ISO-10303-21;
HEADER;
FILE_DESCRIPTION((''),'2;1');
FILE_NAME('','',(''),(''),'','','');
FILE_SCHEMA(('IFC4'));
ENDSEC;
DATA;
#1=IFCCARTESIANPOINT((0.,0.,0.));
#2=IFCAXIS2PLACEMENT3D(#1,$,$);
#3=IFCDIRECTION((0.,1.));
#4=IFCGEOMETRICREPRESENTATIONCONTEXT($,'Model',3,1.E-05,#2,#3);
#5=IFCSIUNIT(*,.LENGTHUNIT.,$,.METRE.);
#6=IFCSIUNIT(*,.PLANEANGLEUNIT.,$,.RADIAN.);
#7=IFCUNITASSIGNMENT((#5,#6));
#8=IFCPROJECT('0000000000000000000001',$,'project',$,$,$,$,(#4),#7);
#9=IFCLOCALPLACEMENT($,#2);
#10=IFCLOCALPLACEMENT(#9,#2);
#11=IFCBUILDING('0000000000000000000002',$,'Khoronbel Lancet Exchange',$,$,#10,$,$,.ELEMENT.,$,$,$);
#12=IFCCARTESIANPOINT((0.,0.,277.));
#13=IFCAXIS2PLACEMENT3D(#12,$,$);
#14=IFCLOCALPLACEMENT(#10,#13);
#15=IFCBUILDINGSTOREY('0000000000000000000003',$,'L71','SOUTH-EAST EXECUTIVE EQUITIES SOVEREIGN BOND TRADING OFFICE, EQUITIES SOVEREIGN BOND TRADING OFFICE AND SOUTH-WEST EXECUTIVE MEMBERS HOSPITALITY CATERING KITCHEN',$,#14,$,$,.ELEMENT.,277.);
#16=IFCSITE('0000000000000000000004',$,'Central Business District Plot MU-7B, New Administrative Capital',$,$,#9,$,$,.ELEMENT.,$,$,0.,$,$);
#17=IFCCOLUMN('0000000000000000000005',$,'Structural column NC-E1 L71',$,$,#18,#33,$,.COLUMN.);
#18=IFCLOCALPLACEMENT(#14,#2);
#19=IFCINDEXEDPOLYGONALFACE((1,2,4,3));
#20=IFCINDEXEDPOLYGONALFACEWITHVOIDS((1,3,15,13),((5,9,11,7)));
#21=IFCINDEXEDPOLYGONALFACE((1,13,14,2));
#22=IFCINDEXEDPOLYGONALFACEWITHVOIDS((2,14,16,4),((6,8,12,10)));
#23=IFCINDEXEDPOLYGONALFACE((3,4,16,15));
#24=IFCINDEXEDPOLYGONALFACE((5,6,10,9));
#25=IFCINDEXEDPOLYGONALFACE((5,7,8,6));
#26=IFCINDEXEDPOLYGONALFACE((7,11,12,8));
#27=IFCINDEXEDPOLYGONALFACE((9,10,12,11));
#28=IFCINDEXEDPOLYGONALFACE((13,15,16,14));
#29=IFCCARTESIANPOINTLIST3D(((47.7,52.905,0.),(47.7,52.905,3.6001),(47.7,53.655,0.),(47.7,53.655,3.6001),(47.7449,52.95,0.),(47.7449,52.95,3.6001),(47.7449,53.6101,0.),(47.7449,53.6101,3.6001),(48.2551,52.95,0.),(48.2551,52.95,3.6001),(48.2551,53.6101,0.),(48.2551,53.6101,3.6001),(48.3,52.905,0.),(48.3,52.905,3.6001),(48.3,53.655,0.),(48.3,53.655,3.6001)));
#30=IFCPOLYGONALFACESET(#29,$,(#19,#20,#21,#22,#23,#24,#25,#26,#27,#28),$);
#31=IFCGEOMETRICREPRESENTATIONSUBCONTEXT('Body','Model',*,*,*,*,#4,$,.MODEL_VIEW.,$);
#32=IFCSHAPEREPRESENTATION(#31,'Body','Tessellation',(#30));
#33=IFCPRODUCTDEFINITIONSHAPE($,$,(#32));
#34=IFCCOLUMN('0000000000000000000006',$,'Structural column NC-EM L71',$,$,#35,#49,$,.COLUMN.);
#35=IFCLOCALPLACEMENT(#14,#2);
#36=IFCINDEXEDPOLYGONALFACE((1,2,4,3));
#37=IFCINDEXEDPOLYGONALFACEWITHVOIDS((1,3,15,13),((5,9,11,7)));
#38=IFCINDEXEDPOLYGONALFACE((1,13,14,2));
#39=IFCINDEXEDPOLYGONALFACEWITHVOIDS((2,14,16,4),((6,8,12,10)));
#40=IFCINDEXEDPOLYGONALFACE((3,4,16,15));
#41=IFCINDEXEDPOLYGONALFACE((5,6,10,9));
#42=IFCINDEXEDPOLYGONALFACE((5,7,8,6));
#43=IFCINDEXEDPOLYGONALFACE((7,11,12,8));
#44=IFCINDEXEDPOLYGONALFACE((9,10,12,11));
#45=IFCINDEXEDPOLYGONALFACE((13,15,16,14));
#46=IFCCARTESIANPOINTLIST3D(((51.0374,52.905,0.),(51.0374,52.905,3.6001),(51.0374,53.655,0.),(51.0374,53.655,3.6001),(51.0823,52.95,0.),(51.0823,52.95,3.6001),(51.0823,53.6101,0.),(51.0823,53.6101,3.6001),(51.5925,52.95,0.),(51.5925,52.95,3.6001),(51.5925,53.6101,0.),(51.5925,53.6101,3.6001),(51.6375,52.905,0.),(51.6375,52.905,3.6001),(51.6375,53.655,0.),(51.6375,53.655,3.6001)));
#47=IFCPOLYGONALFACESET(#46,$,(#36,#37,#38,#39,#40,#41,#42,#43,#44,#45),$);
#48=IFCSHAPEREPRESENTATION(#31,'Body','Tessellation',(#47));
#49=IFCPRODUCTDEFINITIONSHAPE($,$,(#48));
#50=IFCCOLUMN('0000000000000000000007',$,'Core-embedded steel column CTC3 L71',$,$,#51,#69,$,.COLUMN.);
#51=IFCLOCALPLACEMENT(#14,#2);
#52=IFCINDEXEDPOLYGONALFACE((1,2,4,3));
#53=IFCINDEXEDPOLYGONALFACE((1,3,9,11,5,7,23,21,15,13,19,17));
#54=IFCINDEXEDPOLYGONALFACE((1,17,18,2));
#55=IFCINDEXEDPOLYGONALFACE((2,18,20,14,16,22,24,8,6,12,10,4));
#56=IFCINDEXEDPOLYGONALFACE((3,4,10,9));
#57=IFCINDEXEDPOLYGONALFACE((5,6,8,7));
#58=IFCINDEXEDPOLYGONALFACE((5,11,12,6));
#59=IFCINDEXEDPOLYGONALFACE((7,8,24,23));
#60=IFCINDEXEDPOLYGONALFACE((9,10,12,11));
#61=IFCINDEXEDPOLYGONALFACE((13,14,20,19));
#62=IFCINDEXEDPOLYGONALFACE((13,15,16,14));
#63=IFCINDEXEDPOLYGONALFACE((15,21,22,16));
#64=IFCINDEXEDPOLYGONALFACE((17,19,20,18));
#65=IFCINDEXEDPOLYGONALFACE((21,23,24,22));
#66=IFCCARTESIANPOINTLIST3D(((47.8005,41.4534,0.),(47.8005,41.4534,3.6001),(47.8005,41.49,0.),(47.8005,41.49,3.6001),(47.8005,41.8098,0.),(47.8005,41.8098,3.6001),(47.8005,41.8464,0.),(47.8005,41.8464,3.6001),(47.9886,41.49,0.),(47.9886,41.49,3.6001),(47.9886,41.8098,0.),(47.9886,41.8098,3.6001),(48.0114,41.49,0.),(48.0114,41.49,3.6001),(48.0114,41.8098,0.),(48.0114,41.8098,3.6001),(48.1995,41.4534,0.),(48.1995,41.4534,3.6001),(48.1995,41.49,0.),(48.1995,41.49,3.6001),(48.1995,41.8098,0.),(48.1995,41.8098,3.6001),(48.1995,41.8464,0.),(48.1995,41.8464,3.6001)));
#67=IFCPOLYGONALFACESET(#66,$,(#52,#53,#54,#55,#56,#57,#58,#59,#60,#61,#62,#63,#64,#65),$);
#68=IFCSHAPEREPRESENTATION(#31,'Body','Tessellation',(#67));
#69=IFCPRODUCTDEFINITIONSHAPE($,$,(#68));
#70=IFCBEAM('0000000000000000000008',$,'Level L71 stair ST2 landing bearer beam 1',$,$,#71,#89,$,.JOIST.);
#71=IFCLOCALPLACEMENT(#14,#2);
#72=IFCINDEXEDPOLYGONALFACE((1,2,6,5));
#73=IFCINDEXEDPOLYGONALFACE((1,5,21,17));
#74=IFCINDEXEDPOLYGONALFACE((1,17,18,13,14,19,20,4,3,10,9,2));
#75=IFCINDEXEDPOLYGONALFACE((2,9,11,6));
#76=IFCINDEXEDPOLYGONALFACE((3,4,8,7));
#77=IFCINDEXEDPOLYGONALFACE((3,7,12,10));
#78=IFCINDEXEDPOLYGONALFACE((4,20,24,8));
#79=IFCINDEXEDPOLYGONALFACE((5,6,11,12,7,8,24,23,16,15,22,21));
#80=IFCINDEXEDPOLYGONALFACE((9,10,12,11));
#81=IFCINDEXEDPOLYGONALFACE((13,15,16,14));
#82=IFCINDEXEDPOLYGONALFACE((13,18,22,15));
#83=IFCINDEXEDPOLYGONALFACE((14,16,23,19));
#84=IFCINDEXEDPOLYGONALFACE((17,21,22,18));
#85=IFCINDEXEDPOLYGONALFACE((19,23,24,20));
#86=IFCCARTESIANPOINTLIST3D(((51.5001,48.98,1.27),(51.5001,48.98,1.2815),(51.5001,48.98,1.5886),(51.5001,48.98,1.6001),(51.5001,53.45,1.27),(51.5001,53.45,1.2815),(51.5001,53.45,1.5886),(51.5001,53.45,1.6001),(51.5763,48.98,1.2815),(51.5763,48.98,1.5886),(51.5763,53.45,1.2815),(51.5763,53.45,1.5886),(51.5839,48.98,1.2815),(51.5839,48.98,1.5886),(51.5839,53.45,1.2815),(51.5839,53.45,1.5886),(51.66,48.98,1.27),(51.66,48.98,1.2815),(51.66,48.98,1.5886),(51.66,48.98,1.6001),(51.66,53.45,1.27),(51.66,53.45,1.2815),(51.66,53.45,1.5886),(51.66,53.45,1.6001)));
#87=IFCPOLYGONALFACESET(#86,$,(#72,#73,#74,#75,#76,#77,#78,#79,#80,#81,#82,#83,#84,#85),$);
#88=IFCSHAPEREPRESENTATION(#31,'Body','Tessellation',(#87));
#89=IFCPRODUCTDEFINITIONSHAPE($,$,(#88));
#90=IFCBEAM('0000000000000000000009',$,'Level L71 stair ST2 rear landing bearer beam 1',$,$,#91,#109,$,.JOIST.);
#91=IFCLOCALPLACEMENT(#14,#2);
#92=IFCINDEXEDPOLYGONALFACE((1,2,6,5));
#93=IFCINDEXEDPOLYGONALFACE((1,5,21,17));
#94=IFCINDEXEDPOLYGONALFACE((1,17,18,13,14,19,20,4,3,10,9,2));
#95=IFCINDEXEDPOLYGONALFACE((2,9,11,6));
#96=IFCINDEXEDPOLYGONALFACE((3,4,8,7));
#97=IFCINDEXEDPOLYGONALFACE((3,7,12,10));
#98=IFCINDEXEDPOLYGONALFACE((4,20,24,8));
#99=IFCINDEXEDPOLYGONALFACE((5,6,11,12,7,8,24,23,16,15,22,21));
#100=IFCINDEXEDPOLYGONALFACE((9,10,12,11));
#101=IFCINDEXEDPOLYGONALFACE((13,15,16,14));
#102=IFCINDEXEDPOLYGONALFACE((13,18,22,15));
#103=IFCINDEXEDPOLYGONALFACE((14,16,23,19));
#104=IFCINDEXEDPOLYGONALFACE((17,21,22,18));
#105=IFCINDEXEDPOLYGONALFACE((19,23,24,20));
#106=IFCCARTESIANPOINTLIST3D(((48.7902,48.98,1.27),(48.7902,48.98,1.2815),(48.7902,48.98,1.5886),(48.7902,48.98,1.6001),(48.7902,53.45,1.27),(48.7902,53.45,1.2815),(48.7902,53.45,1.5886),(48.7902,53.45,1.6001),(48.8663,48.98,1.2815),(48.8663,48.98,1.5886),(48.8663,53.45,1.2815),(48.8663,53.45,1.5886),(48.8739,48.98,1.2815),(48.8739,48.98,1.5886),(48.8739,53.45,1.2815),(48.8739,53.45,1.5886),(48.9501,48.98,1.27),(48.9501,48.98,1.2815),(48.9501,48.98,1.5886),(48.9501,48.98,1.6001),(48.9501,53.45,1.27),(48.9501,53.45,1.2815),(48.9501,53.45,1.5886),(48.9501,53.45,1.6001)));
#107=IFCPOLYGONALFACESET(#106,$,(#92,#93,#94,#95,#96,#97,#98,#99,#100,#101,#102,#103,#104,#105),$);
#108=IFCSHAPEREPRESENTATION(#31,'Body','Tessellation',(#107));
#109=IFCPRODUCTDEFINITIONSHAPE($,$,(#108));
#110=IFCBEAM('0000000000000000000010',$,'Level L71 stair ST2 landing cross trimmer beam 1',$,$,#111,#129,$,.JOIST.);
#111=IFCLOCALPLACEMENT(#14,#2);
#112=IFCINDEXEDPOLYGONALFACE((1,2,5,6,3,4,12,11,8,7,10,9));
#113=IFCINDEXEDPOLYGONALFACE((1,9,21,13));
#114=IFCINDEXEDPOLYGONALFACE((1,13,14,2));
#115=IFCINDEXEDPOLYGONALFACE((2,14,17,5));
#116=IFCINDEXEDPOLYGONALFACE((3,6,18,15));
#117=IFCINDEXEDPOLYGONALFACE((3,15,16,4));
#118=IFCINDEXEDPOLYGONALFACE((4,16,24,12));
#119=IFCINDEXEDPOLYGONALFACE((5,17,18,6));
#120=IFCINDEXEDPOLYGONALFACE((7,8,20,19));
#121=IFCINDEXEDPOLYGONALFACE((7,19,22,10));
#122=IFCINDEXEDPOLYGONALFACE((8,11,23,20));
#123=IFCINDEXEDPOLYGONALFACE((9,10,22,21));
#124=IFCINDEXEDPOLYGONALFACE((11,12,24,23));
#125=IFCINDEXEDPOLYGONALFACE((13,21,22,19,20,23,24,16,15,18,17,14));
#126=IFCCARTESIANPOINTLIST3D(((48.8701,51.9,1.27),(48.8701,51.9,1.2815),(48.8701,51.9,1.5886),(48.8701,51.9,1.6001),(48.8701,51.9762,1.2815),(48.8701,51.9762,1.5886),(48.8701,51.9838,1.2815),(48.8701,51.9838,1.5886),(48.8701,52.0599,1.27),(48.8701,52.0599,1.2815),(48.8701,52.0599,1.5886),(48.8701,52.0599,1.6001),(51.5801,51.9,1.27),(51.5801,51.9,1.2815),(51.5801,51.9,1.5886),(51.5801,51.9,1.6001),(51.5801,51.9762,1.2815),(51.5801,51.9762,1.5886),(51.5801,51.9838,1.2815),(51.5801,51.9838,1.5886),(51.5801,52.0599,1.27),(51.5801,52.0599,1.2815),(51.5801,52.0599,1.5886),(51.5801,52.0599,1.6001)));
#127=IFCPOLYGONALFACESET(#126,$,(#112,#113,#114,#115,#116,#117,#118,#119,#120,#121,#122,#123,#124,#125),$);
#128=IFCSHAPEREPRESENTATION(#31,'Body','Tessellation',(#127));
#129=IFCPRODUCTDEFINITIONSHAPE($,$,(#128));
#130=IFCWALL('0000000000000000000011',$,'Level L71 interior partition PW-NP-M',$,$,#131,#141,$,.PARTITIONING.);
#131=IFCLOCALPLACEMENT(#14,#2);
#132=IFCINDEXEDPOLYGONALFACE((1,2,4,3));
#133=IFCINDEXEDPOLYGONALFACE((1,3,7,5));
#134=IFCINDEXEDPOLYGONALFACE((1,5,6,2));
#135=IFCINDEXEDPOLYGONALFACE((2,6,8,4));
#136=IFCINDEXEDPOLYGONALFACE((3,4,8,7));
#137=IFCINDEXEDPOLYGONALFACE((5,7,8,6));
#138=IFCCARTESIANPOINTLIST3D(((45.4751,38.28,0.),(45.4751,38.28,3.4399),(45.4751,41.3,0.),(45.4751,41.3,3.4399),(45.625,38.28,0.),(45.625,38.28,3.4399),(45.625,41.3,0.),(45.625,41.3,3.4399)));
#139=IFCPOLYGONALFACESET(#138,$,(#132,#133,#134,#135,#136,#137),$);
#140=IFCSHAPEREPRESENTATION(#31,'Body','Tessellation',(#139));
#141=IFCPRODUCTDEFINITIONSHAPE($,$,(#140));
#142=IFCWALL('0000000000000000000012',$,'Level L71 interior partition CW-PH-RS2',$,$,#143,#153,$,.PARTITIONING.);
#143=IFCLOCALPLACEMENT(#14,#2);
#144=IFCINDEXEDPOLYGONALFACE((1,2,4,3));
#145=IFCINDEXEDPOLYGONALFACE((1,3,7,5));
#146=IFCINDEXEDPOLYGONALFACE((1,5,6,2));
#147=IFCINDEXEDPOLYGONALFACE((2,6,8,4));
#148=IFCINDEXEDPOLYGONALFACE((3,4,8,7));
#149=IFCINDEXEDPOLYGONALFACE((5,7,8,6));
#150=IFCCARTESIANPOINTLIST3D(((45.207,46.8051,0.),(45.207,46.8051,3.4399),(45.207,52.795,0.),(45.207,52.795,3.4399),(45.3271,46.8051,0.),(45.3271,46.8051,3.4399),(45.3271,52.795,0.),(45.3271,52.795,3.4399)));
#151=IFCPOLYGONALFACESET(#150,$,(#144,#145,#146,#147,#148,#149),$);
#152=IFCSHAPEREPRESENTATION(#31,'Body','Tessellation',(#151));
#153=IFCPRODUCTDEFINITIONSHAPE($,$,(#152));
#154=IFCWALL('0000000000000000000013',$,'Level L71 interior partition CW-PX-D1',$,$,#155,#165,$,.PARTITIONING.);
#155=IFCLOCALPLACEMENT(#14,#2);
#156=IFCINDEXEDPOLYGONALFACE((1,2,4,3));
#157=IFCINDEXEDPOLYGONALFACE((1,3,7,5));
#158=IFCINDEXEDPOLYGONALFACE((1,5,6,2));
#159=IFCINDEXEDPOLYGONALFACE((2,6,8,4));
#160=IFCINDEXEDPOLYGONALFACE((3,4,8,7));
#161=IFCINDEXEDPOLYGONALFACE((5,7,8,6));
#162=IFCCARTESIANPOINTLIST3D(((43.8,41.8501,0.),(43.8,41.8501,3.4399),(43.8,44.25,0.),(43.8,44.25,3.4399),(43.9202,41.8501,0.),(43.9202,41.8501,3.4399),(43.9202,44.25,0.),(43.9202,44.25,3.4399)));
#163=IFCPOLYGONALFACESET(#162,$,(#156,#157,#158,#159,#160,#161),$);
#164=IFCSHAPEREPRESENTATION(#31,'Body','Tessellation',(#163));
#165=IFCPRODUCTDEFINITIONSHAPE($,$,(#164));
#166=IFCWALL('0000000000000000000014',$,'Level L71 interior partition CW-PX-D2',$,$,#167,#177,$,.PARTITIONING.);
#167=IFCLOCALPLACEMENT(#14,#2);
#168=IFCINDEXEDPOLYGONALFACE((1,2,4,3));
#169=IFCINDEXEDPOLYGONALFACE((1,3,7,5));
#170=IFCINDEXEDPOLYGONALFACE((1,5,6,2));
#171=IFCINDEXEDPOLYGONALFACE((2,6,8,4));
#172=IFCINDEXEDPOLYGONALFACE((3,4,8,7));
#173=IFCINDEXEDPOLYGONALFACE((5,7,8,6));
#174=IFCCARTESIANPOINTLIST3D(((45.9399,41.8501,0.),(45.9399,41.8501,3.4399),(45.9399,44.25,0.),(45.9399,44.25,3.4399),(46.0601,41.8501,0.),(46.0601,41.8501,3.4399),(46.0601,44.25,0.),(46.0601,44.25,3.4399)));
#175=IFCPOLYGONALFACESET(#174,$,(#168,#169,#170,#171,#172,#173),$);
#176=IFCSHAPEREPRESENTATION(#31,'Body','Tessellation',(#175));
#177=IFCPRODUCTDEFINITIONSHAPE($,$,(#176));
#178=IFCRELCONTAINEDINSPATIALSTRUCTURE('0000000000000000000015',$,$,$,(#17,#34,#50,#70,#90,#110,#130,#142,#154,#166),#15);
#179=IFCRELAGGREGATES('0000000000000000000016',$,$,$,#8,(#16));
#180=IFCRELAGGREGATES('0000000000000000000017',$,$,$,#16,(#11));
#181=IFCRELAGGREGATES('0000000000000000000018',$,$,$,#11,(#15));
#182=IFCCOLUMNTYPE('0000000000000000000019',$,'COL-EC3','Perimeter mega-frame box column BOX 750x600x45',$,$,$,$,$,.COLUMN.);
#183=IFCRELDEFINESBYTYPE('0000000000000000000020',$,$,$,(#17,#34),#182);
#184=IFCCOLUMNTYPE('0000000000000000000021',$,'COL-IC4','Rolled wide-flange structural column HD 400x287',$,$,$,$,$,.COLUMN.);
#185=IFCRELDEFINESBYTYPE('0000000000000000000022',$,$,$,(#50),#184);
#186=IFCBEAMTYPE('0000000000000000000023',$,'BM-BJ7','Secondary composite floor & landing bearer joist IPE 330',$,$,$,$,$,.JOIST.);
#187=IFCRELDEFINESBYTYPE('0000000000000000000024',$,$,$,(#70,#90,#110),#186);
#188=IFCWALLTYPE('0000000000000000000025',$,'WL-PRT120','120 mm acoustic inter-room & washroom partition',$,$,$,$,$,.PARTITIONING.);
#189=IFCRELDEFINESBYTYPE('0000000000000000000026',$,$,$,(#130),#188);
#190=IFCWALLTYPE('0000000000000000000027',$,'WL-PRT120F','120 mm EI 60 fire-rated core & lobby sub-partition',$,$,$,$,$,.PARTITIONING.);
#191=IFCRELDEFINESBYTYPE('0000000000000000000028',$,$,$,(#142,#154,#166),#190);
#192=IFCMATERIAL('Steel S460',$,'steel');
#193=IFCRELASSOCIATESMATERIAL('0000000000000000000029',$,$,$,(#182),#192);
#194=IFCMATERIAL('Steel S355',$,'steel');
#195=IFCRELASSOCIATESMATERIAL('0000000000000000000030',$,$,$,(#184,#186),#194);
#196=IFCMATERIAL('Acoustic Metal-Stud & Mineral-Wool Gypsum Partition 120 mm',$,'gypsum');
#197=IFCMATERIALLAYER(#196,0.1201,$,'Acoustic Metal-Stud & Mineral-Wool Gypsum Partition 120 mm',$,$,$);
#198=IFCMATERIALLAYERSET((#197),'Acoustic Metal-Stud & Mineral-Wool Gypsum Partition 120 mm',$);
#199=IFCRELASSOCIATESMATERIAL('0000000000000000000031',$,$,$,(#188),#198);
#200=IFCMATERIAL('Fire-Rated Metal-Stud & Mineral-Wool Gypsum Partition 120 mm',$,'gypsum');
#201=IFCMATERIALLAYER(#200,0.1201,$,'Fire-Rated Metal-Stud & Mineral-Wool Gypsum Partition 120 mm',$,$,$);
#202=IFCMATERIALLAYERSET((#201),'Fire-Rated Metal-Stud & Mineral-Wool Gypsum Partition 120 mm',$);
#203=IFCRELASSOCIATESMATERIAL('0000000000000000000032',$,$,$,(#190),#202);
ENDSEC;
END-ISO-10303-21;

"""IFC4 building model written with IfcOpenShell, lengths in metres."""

from ifc_helpers import new_model, si_unit, direction, frame, frame_2d, origin, origin_2d, place, context, subcontext, project, spatial, rectangle, hollow_rectangle, i_section, extrude, material, layer, layer_set, material_profile, profile_set, type_object, element, save


model = new_model("IFC4")

# Units and contexts
model_context = context("Model", 3, precision=1e-05, world=origin(), true_north=direction((0.0, 1.0)))
body_context = subcontext(model_context, "Body", "Model", "MODEL_VIEW")
ifc_project = project(units=[si_unit("LENGTHUNIT", "METRE"), si_unit("PLANEANGLEUNIT", "RADIAN")], contexts=[model_context])

# Site, building, storey
site_placement = place(None, origin())
site = spatial("IfcSite", under=ifc_project, at=site_placement, Name="Central Business District Plot MU-7B, New Administrative Capital", CompositionType="ELEMENT", RefElevation=0.0)
building_placement = place(site_placement, origin())
building = spatial("IfcBuilding", under=site, at=building_placement, Name="Khoronbel Lancet Exchange", CompositionType="ELEMENT")
storey_placement = place(building_placement, frame((0.0, 0.0, 277.0)))
storey = spatial("IfcBuildingStorey", under=building, at=storey_placement, Name="L71", Description="SOUTH-EAST EXECUTIVE EQUITIES SOVEREIGN BOND TRADING OFFICE, EQUITIES SOVEREIGN BOND TRADING OFFICE AND SOUTH-WEST EXECUTIVE MEMBERS HOSPITALITY CATERING KITCHEN", CompositionType="ELEMENT", Elevation=277.0)

# Columns
ifc_material_1 = material(Name="Steel S460", Category="steel")
ifc_material_profile_1 = material_profile(ifc_material_1, hollow_rectangle(XDim=0.6001, YDim=0.75, WallThickness=0.0449, at=origin_2d()), Name="BOX 750x600x45")
ifc_profile_set_1 = profile_set([ifc_material_profile_1], Name="Steel S460")
column_type_1 = type_object("IfcColumnType", Name="COL-EC3", Description="Perimeter mega-frame box column BOX 750x600x45", PredefinedType="COLUMN", material=ifc_profile_set_1)
for number, where, z_axis, x_axis, name in (
    (1, (48.0, 53.28, 0.0), (0.0, 0.0, 1.0), (1.0, 0.0, 0.0), "Structural column NC-E1 L71"),
    (2, (51.3374, 53.28, 0.0), (0.0, 0.0, 1.0), (1.0, 0.0, 0.0), "Structural column NC-EM L71"),
):
    element("IfcColumn", number, at=place(storey_placement, frame(where, z_axis=z_axis, x_axis=x_axis)), inside=storey, type_object=column_type_1, Name=name, PredefinedType="COLUMN", context=body_context, shape_type="SweptSolid", body=[
        extrude(hollow_rectangle(XDim=0.6001, YDim=0.75, WallThickness=0.0449, at=origin_2d()), origin(), (0.0, 0.0, 1.0), 3.6001),
    ])
ifc_material_2 = material(Name="Steel S355", Category="steel")
ifc_material_profile_2 = material_profile(ifc_material_2, i_section(OverallWidth=0.3989, OverallDepth=0.3931, WebThickness=0.0227, FlangeThickness=0.0366, at=origin_2d()), Name="HD 400x287")
ifc_profile_set_2 = profile_set([ifc_material_profile_2], Name="Steel S355")
column_type_2 = type_object("IfcColumnType", Name="COL-IC4", Description="Rolled wide-flange structural column HD 400x287", PredefinedType="COLUMN", material=ifc_profile_set_2)
column_placement = place(storey_placement, frame((48.0, 41.6499, 0.0), z_axis=(0.0, 0.0, 1.0), x_axis=(1.0, 0.0, 0.0)))
element("IfcColumn", 3, at=column_placement, inside=storey, type_object=column_type_2, Name="Core-embedded steel column CTC3 L71", PredefinedType="COLUMN", context=body_context, shape_type="SweptSolid", body=[
    extrude(i_section(OverallWidth=0.3989, OverallDepth=0.3931, WebThickness=0.0227, FlangeThickness=0.0366, at=origin_2d()), origin(), (0.0, 0.0, 1.0), 3.6001),
])

# Beams
ifc_material_profile_3 = material_profile(ifc_material_2, i_section(OverallWidth=0.1599, OverallDepth=0.3301, WebThickness=0.0076, FlangeThickness=0.0115, at=origin_2d()), Name="IPE 330")
ifc_profile_set_3 = profile_set([ifc_material_profile_3], Name="Steel S355")
beam_type = type_object("IfcBeamType", Name="BM-BJ7", Description="Secondary composite floor & landing bearer joist IPE 330", PredefinedType="JOIST", material=ifc_profile_set_3)
for number, where, z_axis, x_axis, name in (
    (4, (51.5801, 48.98, 1.4351), (0.0, 1.0, 0.0), (-1.0, 0.0, 0.0), "Level L71 stair ST2 landing bearer beam 1"),
    (5, (48.8701, 48.98, 1.4351), (0.0, 1.0, 0.0), (-1.0, 0.0, 0.0), "Level L71 stair ST2 rear landing bearer beam 1"),
):
    element("IfcBeam", number, at=place(storey_placement, frame(where, z_axis=z_axis, x_axis=x_axis)), inside=storey, type_object=beam_type, Name=name, PredefinedType="JOIST", context=body_context, shape_type="SweptSolid", body=[
        extrude(i_section(OverallWidth=0.1599, OverallDepth=0.3301, WebThickness=0.0076, FlangeThickness=0.0115, at=origin_2d()), origin(), (0.0, 0.0, 1.0), 4.47),
    ])
beam_placement = place(storey_placement, frame((48.8701, 51.98, 1.4351), z_axis=(1.0, 0.0, 0.0), x_axis=(0.0, 1.0, 0.0)))
element("IfcBeam", 6, at=beam_placement, inside=storey, type_object=beam_type, Name="Level L71 stair ST2 landing cross trimmer beam 1", PredefinedType="JOIST", context=body_context, shape_type="SweptSolid", body=[
    extrude(i_section(OverallWidth=0.1599, OverallDepth=0.3301, WebThickness=0.0076, FlangeThickness=0.0115, at=origin_2d()), origin(), (0.0, 0.0, 1.0), 2.71),
])

# Walls
ifc_material_3 = material(Name="Acoustic Metal-Stud & Mineral-Wool Gypsum Partition 120 mm", Category="gypsum")
ifc_layer_1 = layer(ifc_material_3, 0.1201, Name="Acoustic Metal-Stud & Mineral-Wool Gypsum Partition 120 mm")
ifc_layer_set_1 = layer_set([ifc_layer_1], Name="Acoustic Metal-Stud & Mineral-Wool Gypsum Partition 120 mm")
wall_type_1 = type_object("IfcWallType", Name="WL-PRT120", Description="120 mm acoustic inter-room & washroom partition", PredefinedType="PARTITIONING", material=ifc_layer_set_1)
wall_1_placement = place(storey_placement, frame((45.55, 38.28, 0.0), z_axis=(0.0, 0.0, 1.0), x_axis=(0.0, 1.0, 0.0)))
element("IfcWall", 7, at=wall_1_placement, inside=storey, type_object=wall_type_1, Name="Level L71 interior partition PW-NP-M", PredefinedType="PARTITIONING", context=body_context, shape_type="SweptSolid", body=[
    extrude(rectangle(XDim=3.02, YDim=0.1499, at=frame_2d((1.51, 0.0))), origin(), (0.0, 0.0, 1.0), 3.4399),
])
ifc_material_4 = material(Name="Fire-Rated Metal-Stud & Mineral-Wool Gypsum Partition 120 mm", Category="gypsum")
ifc_layer_2 = layer(ifc_material_4, 0.1201, Name="Fire-Rated Metal-Stud & Mineral-Wool Gypsum Partition 120 mm")
ifc_layer_set_2 = layer_set([ifc_layer_2], Name="Fire-Rated Metal-Stud & Mineral-Wool Gypsum Partition 120 mm")
wall_type_2 = type_object("IfcWallType", Name="WL-PRT120F", Description="120 mm EI 60 fire-rated core & lobby sub-partition", PredefinedType="PARTITIONING", material=ifc_layer_set_2)
wall_2_placement = place(storey_placement, frame((45.2671, 46.8049, 0.0), z_axis=(0.0, 0.0, 1.0), x_axis=(0.0, 1.0, 0.0)))
element("IfcWall", 8, at=wall_2_placement, inside=storey, type_object=wall_type_2, Name="Level L71 interior partition CW-PH-RS2", PredefinedType="PARTITIONING", context=body_context, shape_type="SweptSolid", body=[
    extrude(rectangle(XDim=5.99, YDim=0.1201, at=frame_2d((2.9951, 0.0))), origin(), (0.0, 0.0, 1.0), 3.4399),
])
for number, where, z_axis, x_axis, name in (
    (9, (43.8601, 41.8501, 0.0), (0.0, 0.0, 1.0), (0.0, 1.0, 0.0), "Level L71 interior partition CW-PX-D1"),
    (10, (46.0, 41.8501, 0.0), (0.0, 0.0, 1.0), (0.0, 1.0, 0.0), "Level L71 interior partition CW-PX-D2"),
):
    element("IfcWall", number, at=place(storey_placement, frame(where, z_axis=z_axis, x_axis=x_axis)), inside=storey, type_object=wall_type_2, Name=name, PredefinedType="PARTITIONING", context=body_context, shape_type="SweptSolid", body=[
        extrude(rectangle(XDim=2.3999, YDim=0.1201, at=frame_2d((1.2, 0.0))), origin(), (0.0, 0.0, 1.0), 3.4399),
    ])

save(model, "model.ifc")
